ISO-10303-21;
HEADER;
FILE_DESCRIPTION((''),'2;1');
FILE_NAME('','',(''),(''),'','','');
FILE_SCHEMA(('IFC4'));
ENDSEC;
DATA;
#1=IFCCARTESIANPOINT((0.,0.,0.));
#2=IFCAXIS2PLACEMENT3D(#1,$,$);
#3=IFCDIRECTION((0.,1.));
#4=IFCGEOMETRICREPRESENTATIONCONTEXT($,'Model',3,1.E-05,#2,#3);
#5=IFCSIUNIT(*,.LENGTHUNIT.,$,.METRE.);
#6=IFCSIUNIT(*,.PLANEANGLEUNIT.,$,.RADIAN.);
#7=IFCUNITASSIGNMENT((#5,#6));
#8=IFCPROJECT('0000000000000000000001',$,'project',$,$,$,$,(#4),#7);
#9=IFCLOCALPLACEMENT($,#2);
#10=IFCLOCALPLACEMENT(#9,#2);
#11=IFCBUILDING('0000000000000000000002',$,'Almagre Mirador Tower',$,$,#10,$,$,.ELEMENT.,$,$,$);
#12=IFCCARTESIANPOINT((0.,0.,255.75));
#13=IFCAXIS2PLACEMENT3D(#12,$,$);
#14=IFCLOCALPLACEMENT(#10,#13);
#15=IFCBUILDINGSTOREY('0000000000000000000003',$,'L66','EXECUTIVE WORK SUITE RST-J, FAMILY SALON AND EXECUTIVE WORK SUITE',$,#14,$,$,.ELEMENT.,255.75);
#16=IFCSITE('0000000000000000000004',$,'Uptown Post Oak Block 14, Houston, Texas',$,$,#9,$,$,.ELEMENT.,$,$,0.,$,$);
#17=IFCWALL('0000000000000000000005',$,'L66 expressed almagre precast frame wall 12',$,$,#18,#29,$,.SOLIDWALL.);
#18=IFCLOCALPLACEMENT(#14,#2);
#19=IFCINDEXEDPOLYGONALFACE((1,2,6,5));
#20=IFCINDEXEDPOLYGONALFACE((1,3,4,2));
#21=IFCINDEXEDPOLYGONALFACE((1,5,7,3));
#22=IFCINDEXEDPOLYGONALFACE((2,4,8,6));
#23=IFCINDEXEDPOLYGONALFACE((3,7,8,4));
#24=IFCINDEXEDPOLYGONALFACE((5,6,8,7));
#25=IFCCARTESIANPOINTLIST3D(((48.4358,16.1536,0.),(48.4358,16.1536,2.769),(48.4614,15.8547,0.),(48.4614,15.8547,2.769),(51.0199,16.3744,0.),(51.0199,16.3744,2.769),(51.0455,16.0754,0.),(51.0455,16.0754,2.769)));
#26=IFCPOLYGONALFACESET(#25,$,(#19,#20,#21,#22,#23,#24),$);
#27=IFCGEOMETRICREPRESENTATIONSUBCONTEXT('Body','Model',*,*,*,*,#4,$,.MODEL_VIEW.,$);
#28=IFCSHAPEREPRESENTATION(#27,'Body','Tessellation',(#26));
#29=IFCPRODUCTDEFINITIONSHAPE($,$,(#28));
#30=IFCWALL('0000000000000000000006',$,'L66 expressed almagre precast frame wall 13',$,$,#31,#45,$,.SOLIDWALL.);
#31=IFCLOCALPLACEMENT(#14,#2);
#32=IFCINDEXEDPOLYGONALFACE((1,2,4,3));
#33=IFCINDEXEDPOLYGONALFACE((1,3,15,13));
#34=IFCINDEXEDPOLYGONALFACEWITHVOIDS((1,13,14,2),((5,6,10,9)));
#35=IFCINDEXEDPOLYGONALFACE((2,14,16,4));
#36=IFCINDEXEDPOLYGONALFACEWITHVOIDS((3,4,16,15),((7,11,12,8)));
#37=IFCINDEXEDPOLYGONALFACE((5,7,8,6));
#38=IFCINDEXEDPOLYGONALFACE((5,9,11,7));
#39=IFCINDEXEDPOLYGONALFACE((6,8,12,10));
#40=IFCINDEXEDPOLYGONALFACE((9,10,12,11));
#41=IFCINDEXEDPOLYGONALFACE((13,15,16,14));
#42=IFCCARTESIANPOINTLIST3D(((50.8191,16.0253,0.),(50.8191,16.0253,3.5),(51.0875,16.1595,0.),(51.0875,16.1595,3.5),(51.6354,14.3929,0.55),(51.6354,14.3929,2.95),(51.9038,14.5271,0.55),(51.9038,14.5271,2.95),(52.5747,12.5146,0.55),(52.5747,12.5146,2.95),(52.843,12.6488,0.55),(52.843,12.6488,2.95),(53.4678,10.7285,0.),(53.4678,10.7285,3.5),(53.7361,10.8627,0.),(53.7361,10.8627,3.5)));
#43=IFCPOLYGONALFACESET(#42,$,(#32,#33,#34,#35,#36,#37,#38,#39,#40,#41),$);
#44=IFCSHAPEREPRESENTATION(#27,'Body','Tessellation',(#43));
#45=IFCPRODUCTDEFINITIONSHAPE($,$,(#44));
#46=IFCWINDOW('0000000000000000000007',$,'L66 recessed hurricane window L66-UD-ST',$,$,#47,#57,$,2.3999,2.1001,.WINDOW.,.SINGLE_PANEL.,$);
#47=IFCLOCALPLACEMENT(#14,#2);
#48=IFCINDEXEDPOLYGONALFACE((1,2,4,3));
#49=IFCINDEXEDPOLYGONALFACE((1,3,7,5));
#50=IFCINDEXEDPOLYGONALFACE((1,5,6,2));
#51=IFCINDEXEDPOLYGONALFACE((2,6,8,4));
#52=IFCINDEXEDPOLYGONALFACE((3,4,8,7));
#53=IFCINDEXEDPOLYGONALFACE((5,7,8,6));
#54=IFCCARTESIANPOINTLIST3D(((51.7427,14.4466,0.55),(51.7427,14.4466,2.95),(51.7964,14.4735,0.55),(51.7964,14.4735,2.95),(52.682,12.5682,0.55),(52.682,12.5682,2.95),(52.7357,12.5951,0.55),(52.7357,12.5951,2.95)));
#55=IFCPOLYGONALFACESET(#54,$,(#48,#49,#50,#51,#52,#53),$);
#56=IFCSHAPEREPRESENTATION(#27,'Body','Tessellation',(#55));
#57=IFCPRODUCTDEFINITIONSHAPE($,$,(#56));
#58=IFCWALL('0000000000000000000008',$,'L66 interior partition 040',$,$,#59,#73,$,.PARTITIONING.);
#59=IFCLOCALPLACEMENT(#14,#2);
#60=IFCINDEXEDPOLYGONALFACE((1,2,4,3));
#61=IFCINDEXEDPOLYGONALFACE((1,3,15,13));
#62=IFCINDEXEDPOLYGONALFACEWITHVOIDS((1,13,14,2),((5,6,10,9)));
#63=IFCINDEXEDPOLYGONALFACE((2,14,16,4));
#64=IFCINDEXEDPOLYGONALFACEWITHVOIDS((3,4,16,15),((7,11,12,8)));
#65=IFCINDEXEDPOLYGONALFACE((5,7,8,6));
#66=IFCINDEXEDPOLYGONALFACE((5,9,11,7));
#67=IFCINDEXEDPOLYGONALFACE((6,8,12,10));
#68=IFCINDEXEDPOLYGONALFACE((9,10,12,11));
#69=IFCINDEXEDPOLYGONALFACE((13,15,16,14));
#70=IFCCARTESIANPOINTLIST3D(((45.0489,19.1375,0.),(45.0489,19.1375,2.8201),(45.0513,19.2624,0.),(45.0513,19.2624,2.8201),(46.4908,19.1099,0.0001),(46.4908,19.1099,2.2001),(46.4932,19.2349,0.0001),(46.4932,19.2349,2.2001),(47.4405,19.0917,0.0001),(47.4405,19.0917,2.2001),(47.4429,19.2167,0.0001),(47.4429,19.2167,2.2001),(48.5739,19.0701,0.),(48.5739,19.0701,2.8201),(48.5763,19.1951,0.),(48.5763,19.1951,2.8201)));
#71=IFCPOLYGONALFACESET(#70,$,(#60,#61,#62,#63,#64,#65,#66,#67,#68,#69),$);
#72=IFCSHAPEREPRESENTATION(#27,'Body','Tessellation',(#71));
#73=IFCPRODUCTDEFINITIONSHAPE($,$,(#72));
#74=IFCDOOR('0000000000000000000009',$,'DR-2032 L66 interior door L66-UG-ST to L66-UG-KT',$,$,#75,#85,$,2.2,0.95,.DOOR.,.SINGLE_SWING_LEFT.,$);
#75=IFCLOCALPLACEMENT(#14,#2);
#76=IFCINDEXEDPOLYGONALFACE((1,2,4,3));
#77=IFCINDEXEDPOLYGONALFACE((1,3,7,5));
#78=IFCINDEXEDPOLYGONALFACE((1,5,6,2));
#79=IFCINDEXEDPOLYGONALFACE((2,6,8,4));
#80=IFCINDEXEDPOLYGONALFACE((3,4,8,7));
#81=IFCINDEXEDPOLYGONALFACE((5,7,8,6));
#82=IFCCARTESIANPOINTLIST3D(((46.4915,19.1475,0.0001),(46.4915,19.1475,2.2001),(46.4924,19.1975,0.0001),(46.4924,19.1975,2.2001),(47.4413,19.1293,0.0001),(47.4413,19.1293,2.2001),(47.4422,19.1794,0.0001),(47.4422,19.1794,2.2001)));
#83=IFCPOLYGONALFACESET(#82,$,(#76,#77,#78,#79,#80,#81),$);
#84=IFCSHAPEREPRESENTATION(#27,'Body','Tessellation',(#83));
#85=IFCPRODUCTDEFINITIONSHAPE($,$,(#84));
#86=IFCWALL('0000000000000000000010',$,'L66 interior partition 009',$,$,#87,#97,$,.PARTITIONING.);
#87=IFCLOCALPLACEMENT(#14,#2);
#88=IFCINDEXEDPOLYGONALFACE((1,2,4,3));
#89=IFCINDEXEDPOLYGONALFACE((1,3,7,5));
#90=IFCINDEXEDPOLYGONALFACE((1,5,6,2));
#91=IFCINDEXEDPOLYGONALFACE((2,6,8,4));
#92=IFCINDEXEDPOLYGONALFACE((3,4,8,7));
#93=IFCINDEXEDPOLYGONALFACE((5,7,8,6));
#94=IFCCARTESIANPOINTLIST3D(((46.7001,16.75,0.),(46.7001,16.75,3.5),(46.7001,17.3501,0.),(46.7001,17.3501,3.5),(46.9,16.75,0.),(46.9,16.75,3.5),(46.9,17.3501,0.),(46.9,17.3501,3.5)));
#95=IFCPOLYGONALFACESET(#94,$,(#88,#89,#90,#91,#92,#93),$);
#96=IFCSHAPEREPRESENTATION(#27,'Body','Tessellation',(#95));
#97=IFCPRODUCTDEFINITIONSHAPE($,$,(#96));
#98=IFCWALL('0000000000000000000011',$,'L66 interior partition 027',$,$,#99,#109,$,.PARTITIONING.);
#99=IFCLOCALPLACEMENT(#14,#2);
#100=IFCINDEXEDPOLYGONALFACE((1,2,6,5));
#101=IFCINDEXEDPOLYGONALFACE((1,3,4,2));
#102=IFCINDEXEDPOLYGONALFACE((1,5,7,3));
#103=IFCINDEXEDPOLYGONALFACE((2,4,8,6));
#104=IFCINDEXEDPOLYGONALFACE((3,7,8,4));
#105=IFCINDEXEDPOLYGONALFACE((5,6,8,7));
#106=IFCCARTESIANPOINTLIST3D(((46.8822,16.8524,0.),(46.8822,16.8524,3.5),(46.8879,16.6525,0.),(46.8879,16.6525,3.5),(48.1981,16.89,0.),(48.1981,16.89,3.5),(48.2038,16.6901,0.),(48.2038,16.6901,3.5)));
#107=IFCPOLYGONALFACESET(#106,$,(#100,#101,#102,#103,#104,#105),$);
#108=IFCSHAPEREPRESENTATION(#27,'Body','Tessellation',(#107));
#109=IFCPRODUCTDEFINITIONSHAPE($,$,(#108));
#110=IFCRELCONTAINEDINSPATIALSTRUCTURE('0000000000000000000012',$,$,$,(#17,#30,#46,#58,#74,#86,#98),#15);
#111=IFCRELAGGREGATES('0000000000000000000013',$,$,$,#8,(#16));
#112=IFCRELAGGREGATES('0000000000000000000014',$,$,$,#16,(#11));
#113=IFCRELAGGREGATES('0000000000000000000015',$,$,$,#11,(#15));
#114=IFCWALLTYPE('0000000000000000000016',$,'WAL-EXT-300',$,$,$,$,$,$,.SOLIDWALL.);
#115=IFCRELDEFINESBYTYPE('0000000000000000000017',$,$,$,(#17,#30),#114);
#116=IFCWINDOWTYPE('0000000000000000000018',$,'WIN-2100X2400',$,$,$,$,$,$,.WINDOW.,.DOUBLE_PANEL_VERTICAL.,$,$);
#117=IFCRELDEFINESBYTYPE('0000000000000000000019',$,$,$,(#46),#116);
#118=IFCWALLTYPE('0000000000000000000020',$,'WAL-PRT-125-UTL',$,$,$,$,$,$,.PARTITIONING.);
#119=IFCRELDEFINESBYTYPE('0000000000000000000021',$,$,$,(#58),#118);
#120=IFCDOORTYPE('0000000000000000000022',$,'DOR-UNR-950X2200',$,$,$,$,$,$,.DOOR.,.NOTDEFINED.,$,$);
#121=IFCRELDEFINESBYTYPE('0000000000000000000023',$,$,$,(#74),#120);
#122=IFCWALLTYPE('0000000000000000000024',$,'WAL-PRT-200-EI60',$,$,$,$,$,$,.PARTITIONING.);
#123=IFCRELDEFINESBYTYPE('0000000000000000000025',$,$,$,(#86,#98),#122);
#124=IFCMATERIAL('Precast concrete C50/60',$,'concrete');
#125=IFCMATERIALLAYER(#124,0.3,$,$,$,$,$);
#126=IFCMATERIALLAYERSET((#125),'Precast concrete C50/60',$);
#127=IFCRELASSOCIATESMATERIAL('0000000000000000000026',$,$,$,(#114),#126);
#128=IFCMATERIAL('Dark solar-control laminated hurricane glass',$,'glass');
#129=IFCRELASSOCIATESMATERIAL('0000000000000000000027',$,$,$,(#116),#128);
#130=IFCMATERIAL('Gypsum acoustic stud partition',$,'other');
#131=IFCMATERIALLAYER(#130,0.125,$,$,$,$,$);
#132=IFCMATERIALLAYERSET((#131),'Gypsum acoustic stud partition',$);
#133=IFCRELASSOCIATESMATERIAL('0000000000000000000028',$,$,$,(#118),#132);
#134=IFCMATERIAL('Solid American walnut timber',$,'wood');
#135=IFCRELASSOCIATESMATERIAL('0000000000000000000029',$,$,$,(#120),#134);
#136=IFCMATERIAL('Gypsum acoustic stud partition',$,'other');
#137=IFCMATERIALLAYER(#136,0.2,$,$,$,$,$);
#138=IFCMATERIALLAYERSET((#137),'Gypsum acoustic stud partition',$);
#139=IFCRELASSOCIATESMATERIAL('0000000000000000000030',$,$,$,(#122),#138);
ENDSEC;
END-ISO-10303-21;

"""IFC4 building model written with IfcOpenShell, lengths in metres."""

from ifc_helpers import new_model, si_unit, direction, frame, frame_2d, origin, place, context, subcontext, project, spatial, rectangle, extrude, material, layer, layer_set, type_object, element, fill, save


model = new_model("IFC4")

# Units and contexts
model_context = context("Model", 3, precision=1e-05, world=origin(), true_north=direction((0.0, 1.0)))
body_context = subcontext(model_context, "Body", "Model", "MODEL_VIEW")
ifc_project = project(units=[si_unit("LENGTHUNIT", "METRE"), si_unit("PLANEANGLEUNIT", "RADIAN")], contexts=[model_context])

# Site, building, storey
site_placement = place(None, origin())
site = spatial("IfcSite", under=ifc_project, at=site_placement, Name="Uptown Post Oak Block 14, Houston, Texas", CompositionType="ELEMENT", RefElevation=0.0)
building_placement = place(site_placement, origin())
building = spatial("IfcBuilding", under=site, at=building_placement, Name="Almagre Mirador Tower", CompositionType="ELEMENT")
storey_placement = place(building_placement, frame((0.0, 0.0, 255.75)))
storey = spatial("IfcBuildingStorey", under=building, at=storey_placement, Name="L66", Description="EXECUTIVE WORK SUITE RST-J, FAMILY SALON AND EXECUTIVE WORK SUITE", CompositionType="ELEMENT", Elevation=255.75)

# Shared definitions
ifc_material_1 = material(Name="Precast concrete C50/60", Category="concrete")
ifc_layer_1 = layer(ifc_material_1, 0.3)
ifc_layer_set_1 = layer_set([ifc_layer_1], Name="Precast concrete C50/60")
wall_type_1 = type_object("IfcWallType", Name="WAL-EXT-300", PredefinedType="SOLIDWALL", material=ifc_layer_set_1)

# Wall
wall_1_placement = place(storey_placement, frame((48.4485, 16.0042, 0.0), z_axis=(0.0, 0.0, 1.0), x_axis=(0.996372, 0.085102, 0.0)))
element("IfcWall", 1, at=wall_1_placement, inside=storey, type_object=wall_type_1, Name="L66 expressed almagre precast frame wall 12", PredefinedType="SOLIDWALL", context=body_context, shape_type="SweptSolid", body=[
    extrude(rectangle(XDim=2.5935, YDim=0.3, at=frame_2d((1.2969, 0.0))), origin(), (0.0, 0.0, 1.0), 2.769),
])

# Wall, opening, window
wall_2_placement = place(storey_placement, frame((50.9534, 16.0923, 0.0), z_axis=(0.0, 0.0, 1.0), x_axis=(0.447247, -0.894411, 0.0)))
wall_2 = element("IfcWall", 2, at=wall_2_placement, inside=storey, type_object=wall_type_1, Name="L66 expressed almagre precast frame wall 13", PredefinedType="SOLIDWALL", context=body_context, shape_type="SweptSolid", body=[
    extrude(rectangle(XDim=5.9221, YDim=0.3, at=frame_2d((2.9609, 0.0))), origin(), (0.0, 0.0, 1.0), 3.5),
])
opening_1_placement = place(wall_2_placement, frame((1.825, 0.0, 0.55)))
opening_1 = element("IfcOpeningElement", 3, at=opening_1_placement, cuts=wall_2, PredefinedType="OPENING", context=body_context, shape_type="SweptSolid", body=[
    extrude(rectangle(XDim=2.1001, YDim=2.3999, at=frame_2d((1.05, 1.2))), frame((0.0, 0.1599, 0.0), z_axis=(0.0, -1.0, 0.0), x_axis=(1.0, 0.0, 0.0)), (0.0, 0.0, 1.0), 0.32),
])
ifc_material_2 = material(Name="Dark solar-control laminated hurricane glass", Category="glass")
window_type_1 = type_object("IfcWindowType", Name="WIN-2100X2400", PartitioningType="DOUBLE_PANEL_VERTICAL", PredefinedType="WINDOW", material=ifc_material_2)
window_1_placement = place(opening_1_placement, origin())
window_1 = element("IfcWindow", 4, at=window_1_placement, inside=storey, type_object=window_type_1, Name="L66 recessed hurricane window L66-UD-ST", OverallHeight=2.3999, OverallWidth=2.1001, PartitioningType="SINGLE_PANEL", PredefinedType="WINDOW", context=body_context, shape_type="SweptSolid", body=[
    extrude(rectangle(XDim=2.1001, YDim=2.3999, at=frame_2d((1.05, 1.2))), frame((0.0, 0.03, 0.0), z_axis=(0.0, -1.0, 0.0), x_axis=(1.0, 0.0, 0.0)), (0.0, 0.0, 1.0), 0.0601),
])
fill(opening_1, window_1)

# Wall, opening, door
ifc_material_3 = material(Name="Gypsum acoustic stud partition", Category="other")
ifc_layer_2 = layer(ifc_material_3, 0.125)
ifc_layer_set_2 = layer_set([ifc_layer_2], Name="Gypsum acoustic stud partition")
wall_type_2 = type_object("IfcWallType", Name="WAL-PRT-125-UTL", PredefinedType="PARTITIONING", material=ifc_layer_set_2)
wall_3_placement = place(storey_placement, frame((48.575, 19.1326, 0.0), z_axis=(0.0, 0.0, 1.0), x_axis=(-0.999817, 0.019113, 0.0)))
wall_3 = element("IfcWall", 5, at=wall_3_placement, inside=storey, type_object=wall_type_2, Name="L66 interior partition 040", PredefinedType="PARTITIONING", context=body_context, shape_type="SweptSolid", body=[
    extrude(rectangle(XDim=3.5256, YDim=0.125, at=frame_2d((1.7627, 0.0))), origin(), (0.0, 0.0, 1.0), 2.8201),
])
opening_2_placement = place(wall_3_placement, frame((1.1333, 0.0, 0.0)))
opening_2 = element("IfcOpeningElement", 6, at=opening_2_placement, cuts=wall_3, PredefinedType="OPENING", context=body_context, shape_type="SweptSolid", body=[
    extrude(rectangle(XDim=0.95, YDim=2.2, at=frame_2d((0.4751, 1.1001))), frame((0.0, 0.0725, 0.0), z_axis=(0.0, -1.0, 0.0), x_axis=(1.0, 0.0, 0.0)), (0.0, 0.0, 1.0), 0.145),
])
ifc_material_4 = material(Name="Solid American walnut timber", Category="wood")
door_type = type_object("IfcDoorType", Name="DOR-UNR-950X2200", OperationType="NOTDEFINED", PredefinedType="DOOR", material=ifc_material_4)
door_placement = place(opening_2_placement, origin())
door = element("IfcDoor", 7, at=door_placement, inside=storey, type_object=door_type, Name="DR-2032 L66 interior door L66-UG-ST to L66-UG-KT", OperationType="SINGLE_SWING_LEFT", OverallHeight=2.2, OverallWidth=0.95, PredefinedType="DOOR", context=body_context, shape_type="SweptSolid", body=[
    extrude(rectangle(XDim=0.95, YDim=2.2, at=frame_2d((0.4751, 1.1001))), frame((0.0, 0.0249, 0.0), z_axis=(0.0, -1.0, 0.0), x_axis=(1.0, 0.0, 0.0)), (0.0, 0.0, 1.0), 0.05),
])
fill(opening_2, door)

# Walls
ifc_material_5 = material(Name="Gypsum acoustic stud partition", Category="other")
ifc_layer_3 = layer(ifc_material_5, 0.2)
ifc_layer_set_3 = layer_set([ifc_layer_3], Name="Gypsum acoustic stud partition")
wall_type_3 = type_object("IfcWallType", Name="WAL-PRT-200-EI60", PredefinedType="PARTITIONING", material=ifc_layer_set_3)
wall_4_placement = place(storey_placement, frame((46.8, 16.75, 0.0), z_axis=(0.0, 0.0, 1.0), x_axis=(0.0, 1.0, 0.0)))
element("IfcWall", 8, at=wall_4_placement, inside=storey, type_object=wall_type_3, Name="L66 interior partition 009", PredefinedType="PARTITIONING", context=body_context, shape_type="SweptSolid", body=[
    extrude(rectangle(XDim=0.6001, YDim=0.2, at=frame_2d((0.3, 0.0))), origin(), (0.0, 0.0, 1.0), 3.5),
])
wall_5_placement = place(storey_placement, frame((48.2009, 16.79, 0.0), z_axis=(0.0, 0.0, 1.0), x_axis=(-0.999592, -0.02856, 0.0)))
element("IfcWall", 9, at=wall_5_placement, inside=storey, type_object=wall_type_3, Name="L66 interior partition 027", PredefinedType="PARTITIONING", context=body_context, shape_type="SweptSolid", body=[
    extrude(rectangle(XDim=1.3164, YDim=0.2, at=frame_2d((0.6582, 0.0))), origin(), (0.0, 0.0, 1.0), 3.5),
])

save(model, "model.ifc")
